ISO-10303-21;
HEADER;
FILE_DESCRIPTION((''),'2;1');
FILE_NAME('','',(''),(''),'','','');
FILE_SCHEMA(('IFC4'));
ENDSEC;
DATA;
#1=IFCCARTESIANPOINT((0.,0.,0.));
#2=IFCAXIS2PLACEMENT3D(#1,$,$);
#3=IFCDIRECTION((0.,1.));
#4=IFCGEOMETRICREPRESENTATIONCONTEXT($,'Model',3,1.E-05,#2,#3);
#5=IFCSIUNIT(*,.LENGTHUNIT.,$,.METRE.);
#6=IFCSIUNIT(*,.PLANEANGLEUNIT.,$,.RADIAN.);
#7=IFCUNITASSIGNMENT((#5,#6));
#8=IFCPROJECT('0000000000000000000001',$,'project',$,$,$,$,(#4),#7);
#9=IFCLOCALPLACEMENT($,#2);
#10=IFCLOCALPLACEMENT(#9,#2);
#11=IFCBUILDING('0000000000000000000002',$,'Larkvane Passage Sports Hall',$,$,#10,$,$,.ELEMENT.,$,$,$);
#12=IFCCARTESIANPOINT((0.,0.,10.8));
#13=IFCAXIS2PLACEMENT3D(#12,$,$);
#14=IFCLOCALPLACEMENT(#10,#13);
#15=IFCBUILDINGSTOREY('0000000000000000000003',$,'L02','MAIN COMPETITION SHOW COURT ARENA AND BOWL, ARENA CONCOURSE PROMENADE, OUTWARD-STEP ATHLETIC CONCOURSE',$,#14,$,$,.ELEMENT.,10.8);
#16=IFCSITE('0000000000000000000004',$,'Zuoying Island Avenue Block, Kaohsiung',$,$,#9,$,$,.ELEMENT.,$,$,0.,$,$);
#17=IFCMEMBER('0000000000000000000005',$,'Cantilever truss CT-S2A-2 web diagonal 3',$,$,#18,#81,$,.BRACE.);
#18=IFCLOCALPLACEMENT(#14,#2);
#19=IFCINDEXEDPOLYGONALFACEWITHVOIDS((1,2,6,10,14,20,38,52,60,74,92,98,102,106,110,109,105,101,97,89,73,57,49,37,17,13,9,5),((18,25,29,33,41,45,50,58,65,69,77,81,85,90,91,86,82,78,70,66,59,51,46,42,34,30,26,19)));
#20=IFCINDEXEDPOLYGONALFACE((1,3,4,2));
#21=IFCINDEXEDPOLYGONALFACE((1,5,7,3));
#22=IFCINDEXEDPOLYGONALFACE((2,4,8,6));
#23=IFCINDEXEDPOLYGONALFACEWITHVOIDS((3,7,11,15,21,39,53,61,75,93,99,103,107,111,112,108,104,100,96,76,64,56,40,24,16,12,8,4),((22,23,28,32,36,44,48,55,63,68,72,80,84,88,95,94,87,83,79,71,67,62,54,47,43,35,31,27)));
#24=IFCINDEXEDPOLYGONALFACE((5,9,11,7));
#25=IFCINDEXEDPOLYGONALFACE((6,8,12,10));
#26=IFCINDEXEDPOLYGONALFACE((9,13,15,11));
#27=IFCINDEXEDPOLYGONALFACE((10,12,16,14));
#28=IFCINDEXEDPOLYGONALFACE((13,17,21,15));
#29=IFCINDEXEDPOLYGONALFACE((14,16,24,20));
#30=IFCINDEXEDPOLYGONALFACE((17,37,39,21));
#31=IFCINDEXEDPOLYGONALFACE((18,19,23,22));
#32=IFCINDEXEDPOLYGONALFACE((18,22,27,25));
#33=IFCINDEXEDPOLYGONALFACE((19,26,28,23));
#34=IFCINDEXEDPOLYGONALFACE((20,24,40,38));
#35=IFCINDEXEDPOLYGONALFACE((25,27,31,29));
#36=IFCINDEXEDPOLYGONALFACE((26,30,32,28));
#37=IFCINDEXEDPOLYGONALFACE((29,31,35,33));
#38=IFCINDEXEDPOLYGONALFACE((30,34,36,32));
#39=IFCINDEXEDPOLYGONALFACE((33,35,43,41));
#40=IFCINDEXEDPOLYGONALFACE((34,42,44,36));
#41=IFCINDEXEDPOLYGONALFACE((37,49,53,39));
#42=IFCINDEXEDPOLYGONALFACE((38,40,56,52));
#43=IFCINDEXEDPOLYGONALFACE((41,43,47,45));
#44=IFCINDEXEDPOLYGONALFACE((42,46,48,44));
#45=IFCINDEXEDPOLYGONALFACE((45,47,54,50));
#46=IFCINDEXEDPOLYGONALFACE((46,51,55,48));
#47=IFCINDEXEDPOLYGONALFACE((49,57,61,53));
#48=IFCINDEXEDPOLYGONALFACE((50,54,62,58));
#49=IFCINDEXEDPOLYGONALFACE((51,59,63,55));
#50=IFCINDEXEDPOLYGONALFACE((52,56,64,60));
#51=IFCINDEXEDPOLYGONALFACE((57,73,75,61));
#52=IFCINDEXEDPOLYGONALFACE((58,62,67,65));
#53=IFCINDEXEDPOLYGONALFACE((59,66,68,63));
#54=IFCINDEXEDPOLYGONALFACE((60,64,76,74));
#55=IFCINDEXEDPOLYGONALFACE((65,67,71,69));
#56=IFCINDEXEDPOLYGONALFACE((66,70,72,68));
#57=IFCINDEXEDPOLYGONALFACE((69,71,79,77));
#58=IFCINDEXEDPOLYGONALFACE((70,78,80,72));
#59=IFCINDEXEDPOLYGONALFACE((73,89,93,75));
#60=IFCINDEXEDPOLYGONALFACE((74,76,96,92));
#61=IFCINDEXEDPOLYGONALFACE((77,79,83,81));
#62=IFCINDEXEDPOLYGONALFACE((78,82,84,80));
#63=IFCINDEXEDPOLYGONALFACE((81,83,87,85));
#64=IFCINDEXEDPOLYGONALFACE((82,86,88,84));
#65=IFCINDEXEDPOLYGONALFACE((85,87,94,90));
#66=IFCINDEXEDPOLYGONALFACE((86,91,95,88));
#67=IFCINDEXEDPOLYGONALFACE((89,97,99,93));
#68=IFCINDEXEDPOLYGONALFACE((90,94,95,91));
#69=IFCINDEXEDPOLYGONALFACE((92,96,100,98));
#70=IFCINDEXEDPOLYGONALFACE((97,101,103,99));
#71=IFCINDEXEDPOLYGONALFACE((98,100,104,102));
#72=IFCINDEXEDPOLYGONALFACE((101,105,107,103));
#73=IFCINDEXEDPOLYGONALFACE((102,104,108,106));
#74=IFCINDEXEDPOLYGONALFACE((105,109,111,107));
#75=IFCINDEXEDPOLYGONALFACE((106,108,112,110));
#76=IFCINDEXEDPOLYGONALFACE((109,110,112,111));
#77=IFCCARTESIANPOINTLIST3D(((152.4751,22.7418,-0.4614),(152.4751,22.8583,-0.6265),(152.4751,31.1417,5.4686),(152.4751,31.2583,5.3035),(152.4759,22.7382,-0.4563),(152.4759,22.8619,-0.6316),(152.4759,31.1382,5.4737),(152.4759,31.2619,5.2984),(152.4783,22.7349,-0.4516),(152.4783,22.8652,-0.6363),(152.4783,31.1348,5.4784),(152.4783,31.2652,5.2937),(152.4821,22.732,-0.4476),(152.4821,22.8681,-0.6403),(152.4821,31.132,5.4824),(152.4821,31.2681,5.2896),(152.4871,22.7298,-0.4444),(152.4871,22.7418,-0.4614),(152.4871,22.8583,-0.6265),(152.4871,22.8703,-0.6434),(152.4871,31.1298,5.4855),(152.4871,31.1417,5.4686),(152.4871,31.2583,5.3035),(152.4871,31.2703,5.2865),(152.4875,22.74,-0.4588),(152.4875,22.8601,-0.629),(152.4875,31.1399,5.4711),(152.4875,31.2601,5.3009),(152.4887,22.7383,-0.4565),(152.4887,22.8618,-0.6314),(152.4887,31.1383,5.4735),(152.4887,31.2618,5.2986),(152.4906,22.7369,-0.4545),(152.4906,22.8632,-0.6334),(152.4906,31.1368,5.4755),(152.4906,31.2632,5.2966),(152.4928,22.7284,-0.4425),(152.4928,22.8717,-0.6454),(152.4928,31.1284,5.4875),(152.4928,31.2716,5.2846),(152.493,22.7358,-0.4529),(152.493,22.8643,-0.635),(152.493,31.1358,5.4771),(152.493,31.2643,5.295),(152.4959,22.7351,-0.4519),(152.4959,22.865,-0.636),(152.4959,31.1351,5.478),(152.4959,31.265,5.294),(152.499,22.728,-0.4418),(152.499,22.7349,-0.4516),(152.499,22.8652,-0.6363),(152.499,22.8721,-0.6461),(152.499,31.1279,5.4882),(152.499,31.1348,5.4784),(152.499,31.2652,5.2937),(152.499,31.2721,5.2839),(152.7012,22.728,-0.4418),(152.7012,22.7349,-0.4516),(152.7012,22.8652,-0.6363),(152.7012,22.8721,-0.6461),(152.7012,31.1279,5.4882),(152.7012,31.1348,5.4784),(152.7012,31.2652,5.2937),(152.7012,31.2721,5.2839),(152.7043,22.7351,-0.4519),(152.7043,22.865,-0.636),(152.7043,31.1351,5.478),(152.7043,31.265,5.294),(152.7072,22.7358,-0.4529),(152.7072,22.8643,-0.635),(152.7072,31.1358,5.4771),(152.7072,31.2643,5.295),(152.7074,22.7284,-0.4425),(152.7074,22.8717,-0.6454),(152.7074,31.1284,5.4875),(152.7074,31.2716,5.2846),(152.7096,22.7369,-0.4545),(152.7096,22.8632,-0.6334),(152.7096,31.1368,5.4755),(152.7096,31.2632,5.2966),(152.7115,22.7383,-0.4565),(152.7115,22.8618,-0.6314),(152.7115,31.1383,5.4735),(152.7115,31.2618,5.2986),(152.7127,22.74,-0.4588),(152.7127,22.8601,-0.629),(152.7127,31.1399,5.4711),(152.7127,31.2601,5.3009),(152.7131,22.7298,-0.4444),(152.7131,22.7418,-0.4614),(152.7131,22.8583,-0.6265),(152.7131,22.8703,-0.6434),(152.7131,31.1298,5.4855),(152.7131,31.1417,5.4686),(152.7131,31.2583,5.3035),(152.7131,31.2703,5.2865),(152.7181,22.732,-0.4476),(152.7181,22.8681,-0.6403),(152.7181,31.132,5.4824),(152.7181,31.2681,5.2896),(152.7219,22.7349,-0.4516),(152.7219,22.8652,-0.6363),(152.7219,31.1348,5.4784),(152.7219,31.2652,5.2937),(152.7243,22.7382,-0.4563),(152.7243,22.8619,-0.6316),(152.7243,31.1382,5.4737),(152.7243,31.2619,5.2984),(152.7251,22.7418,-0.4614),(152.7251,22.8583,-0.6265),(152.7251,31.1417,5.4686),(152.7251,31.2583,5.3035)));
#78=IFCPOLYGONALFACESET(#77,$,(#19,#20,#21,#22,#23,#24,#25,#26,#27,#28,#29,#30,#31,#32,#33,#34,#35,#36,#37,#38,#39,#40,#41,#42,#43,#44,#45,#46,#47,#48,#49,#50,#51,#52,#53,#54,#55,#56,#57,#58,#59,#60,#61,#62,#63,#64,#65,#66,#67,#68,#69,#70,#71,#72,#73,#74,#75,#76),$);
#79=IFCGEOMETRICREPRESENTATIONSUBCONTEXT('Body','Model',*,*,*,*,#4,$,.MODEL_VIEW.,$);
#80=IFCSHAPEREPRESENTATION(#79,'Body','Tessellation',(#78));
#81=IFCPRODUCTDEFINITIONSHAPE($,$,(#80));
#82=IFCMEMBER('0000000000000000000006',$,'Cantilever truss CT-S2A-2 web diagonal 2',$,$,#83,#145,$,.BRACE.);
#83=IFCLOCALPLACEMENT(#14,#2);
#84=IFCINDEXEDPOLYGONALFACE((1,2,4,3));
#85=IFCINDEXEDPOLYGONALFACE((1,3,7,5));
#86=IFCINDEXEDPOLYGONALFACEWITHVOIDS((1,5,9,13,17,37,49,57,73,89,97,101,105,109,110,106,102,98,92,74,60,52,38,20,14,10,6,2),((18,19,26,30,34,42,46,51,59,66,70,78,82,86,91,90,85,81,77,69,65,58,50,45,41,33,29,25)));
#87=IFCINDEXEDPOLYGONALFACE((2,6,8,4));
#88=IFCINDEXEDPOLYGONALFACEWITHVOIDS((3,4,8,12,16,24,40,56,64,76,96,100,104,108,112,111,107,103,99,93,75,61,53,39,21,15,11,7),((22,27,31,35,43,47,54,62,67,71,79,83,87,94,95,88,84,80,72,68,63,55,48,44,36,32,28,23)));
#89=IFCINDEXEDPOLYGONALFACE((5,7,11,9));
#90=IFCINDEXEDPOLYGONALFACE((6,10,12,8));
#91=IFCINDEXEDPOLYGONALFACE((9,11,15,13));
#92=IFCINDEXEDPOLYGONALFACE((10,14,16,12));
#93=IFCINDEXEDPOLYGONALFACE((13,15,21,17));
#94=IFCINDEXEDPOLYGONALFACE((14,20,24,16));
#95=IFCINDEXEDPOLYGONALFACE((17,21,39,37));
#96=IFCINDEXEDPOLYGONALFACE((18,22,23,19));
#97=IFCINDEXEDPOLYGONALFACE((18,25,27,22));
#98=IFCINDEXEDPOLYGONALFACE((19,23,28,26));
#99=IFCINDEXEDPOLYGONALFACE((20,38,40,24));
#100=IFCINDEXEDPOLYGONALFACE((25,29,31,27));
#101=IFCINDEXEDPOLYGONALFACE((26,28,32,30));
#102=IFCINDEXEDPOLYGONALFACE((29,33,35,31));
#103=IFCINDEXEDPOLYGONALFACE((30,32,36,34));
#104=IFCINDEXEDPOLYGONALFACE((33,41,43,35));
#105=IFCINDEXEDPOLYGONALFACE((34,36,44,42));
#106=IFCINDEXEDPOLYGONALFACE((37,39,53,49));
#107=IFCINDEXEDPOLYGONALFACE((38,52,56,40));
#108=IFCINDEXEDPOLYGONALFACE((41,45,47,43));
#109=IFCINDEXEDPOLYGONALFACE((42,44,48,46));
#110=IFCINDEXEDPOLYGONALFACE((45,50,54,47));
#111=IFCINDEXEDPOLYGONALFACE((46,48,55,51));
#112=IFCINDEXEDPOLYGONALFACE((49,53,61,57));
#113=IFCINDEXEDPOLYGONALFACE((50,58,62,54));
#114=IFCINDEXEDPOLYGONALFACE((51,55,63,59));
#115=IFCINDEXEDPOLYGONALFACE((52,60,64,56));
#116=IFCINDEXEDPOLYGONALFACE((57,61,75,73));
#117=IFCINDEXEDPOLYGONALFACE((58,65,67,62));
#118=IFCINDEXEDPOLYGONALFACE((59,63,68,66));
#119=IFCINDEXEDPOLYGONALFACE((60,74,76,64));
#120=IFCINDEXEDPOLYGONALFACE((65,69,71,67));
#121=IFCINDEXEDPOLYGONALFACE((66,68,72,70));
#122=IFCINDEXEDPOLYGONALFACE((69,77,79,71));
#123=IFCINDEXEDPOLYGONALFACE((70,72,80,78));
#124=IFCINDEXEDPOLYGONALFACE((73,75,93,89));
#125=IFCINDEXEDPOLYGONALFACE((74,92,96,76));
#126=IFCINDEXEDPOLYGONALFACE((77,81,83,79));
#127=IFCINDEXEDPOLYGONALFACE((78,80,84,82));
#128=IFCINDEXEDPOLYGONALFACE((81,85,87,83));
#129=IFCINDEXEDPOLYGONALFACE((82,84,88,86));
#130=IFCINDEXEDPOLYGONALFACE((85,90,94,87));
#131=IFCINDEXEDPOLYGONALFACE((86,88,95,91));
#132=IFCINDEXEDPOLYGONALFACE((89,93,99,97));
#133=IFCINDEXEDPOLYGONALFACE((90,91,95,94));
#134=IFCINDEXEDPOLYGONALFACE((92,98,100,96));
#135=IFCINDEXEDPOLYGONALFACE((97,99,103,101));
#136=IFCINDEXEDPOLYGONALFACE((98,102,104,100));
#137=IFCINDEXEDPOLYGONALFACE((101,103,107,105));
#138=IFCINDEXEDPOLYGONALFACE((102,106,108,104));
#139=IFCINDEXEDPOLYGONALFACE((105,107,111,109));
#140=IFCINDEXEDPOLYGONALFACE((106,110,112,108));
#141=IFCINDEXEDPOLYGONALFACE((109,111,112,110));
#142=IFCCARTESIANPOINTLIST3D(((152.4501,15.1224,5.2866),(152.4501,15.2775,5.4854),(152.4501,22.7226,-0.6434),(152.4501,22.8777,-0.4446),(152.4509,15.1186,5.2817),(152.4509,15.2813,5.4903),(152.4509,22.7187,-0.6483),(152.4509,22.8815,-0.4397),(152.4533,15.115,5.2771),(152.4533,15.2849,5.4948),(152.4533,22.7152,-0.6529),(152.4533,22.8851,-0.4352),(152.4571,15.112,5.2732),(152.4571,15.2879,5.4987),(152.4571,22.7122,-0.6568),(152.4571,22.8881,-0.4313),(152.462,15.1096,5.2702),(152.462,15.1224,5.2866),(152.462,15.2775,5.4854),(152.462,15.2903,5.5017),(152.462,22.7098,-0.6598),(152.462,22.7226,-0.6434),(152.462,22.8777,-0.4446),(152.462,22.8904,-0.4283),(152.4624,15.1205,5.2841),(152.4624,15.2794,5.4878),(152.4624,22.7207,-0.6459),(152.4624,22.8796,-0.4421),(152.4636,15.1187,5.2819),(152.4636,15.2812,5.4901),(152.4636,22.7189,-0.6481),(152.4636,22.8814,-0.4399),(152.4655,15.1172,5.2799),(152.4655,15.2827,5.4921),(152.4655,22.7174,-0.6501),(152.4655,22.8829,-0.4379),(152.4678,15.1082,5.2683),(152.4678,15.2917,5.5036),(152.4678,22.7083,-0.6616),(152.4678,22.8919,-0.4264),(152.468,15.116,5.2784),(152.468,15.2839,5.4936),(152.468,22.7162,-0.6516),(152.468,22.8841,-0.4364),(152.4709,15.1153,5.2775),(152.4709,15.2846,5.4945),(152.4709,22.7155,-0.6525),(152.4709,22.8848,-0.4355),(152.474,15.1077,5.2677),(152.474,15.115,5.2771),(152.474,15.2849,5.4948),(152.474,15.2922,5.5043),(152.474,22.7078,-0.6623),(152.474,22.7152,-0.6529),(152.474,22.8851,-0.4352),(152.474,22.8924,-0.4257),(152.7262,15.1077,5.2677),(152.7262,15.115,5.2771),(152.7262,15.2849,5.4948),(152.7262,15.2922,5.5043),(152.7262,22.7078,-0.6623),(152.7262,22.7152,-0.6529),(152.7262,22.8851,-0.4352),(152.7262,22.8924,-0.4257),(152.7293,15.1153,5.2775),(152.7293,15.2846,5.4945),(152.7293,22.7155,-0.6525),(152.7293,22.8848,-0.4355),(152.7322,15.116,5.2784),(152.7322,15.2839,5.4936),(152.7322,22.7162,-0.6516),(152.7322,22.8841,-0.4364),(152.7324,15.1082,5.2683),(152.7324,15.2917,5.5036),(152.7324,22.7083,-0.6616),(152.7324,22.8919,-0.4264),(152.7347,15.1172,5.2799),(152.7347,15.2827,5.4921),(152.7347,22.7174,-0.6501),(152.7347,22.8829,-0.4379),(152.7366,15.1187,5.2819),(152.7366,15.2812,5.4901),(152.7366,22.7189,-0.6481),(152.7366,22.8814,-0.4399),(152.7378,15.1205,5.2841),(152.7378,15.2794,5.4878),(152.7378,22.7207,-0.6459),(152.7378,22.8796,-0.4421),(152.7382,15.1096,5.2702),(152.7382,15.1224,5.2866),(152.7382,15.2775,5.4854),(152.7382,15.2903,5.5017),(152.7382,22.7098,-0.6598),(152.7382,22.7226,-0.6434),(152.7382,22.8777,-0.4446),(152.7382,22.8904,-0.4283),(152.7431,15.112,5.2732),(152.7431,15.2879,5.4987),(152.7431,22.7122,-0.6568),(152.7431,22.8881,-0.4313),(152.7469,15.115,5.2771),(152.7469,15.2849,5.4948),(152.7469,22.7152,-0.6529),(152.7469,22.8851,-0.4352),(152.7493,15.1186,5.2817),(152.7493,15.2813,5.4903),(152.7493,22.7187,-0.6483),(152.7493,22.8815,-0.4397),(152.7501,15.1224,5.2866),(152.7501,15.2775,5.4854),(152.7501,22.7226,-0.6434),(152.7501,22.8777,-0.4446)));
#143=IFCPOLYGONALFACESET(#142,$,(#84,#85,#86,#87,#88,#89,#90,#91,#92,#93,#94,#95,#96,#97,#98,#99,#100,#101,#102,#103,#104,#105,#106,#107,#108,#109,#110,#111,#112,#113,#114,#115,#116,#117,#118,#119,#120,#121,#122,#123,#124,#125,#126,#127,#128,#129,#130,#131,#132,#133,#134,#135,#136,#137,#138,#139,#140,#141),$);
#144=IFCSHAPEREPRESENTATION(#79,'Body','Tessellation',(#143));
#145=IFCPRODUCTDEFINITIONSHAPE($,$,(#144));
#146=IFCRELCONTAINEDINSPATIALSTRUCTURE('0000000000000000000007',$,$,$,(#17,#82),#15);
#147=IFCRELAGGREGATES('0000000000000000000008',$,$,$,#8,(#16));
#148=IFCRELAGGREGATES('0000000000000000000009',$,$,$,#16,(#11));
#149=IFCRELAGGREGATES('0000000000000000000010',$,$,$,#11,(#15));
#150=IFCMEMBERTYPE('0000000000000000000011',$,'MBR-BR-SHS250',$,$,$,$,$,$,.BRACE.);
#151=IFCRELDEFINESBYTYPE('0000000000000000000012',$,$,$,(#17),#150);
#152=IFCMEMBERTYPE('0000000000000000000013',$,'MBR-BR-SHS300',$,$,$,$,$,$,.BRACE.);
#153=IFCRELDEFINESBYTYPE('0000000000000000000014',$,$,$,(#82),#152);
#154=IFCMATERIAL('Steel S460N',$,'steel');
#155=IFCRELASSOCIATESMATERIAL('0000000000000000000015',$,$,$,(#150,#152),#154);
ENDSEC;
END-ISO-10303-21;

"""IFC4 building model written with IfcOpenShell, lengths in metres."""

from ifc_helpers import new_model, si_unit, direction, frame, origin, origin_2d, place, context, subcontext, project, spatial, hollow_rectangle, extrude, material, material_profile, profile_set, type_object, element, save


model = new_model("IFC4")

# Units and contexts
model_context = context("Model", 3, precision=1e-05, world=origin(), true_north=direction((0.0, 1.0)))
body_context = subcontext(model_context, "Body", "Model", "MODEL_VIEW")
ifc_project = project(units=[si_unit("LENGTHUNIT", "METRE"), si_unit("PLANEANGLEUNIT", "RADIAN")], contexts=[model_context])

# Site, building, storey
site_placement = place(None, origin())
site = spatial("IfcSite", under=ifc_project, at=site_placement, Name="Zuoying Island Avenue Block, Kaohsiung", CompositionType="ELEMENT", RefElevation=0.0)
building_placement = place(site_placement, origin())
building = spatial("IfcBuilding", under=site, at=building_placement, Name="Larkvane Passage Sports Hall", CompositionType="ELEMENT")
storey_placement = place(building_placement, frame((0.0, 0.0, 10.8)))
storey = spatial("IfcBuildingStorey", under=building, at=storey_placement, Name="L02", Description="MAIN COMPETITION SHOW COURT ARENA AND BOWL, ARENA CONCOURSE PROMENADE, OUTWARD-STEP ATHLETIC CONCOURSE", CompositionType="ELEMENT", Elevation=10.8)

# Shared definitions
ifc_material_1 = material(Name="Steel S460N", Category="steel")

# Members
ifc_material_profile_1 = material_profile(ifc_material_1, hollow_rectangle(XDim=0.25, YDim=0.25, WallThickness=0.012, InnerFilletRadius=0.012, OuterFilletRadius=0.0239, at=origin_2d()), Name="SHS-250x250x12")
ifc_profile_set_1 = profile_set([ifc_material_profile_1], Name="Steel S460N")
member_type_1 = type_object("IfcMemberType", Name="MBR-BR-SHS250", PredefinedType="BRACE", material=ifc_profile_set_1)
member_1_placement = place(storey_placement, frame((152.6001, 22.8, -0.5439), z_axis=(0.0, 0.816941, 0.576721), x_axis=(-1.0, 0.0, 0.0)))
element("IfcMember", 1, at=member_1_placement, inside=storey, type_object=member_type_1, Name="Cantilever truss CT-S2A-2 web diagonal 3", PredefinedType="BRACE", context=body_context, shape_type="SweptSolid", body=[
    extrude(hollow_rectangle(XDim=0.25, YDim=0.25, WallThickness=0.012, InnerFilletRadius=0.012, OuterFilletRadius=0.0239, at=origin_2d()), origin(), (0.0, 0.0, 1.0), 10.2822),
])
ifc_material_profile_2 = material_profile(ifc_material_1, hollow_rectangle(XDim=0.3, YDim=0.3, WallThickness=0.012, InnerFilletRadius=0.012, OuterFilletRadius=0.0239, at=origin_2d()), Name="SHS-300x300x12")
ifc_profile_set_2 = profile_set([ifc_material_profile_2], Name="Steel S460N")
member_type_2 = type_object("IfcMemberType", Name="MBR-BR-SHS300", PredefinedType="BRACE", material=ifc_profile_set_2)
member_2_placement = place(storey_placement, frame((152.6001, 15.2, 5.386), z_axis=(0.0, 0.788409, -0.615151), x_axis=(-1.0, 0.0, 0.0)))
element("IfcMember", 2, at=member_2_placement, inside=storey, type_object=member_type_2, Name="Cantilever truss CT-S2A-2 web diagonal 2", PredefinedType="BRACE", context=body_context, shape_type="SweptSolid", body=[
    extrude(hollow_rectangle(XDim=0.3, YDim=0.3, WallThickness=0.012, InnerFilletRadius=0.012, OuterFilletRadius=0.0239, at=origin_2d()), origin(), (0.0, 0.0, 1.0), 9.6399),
])

save(model, "model.ifc")
